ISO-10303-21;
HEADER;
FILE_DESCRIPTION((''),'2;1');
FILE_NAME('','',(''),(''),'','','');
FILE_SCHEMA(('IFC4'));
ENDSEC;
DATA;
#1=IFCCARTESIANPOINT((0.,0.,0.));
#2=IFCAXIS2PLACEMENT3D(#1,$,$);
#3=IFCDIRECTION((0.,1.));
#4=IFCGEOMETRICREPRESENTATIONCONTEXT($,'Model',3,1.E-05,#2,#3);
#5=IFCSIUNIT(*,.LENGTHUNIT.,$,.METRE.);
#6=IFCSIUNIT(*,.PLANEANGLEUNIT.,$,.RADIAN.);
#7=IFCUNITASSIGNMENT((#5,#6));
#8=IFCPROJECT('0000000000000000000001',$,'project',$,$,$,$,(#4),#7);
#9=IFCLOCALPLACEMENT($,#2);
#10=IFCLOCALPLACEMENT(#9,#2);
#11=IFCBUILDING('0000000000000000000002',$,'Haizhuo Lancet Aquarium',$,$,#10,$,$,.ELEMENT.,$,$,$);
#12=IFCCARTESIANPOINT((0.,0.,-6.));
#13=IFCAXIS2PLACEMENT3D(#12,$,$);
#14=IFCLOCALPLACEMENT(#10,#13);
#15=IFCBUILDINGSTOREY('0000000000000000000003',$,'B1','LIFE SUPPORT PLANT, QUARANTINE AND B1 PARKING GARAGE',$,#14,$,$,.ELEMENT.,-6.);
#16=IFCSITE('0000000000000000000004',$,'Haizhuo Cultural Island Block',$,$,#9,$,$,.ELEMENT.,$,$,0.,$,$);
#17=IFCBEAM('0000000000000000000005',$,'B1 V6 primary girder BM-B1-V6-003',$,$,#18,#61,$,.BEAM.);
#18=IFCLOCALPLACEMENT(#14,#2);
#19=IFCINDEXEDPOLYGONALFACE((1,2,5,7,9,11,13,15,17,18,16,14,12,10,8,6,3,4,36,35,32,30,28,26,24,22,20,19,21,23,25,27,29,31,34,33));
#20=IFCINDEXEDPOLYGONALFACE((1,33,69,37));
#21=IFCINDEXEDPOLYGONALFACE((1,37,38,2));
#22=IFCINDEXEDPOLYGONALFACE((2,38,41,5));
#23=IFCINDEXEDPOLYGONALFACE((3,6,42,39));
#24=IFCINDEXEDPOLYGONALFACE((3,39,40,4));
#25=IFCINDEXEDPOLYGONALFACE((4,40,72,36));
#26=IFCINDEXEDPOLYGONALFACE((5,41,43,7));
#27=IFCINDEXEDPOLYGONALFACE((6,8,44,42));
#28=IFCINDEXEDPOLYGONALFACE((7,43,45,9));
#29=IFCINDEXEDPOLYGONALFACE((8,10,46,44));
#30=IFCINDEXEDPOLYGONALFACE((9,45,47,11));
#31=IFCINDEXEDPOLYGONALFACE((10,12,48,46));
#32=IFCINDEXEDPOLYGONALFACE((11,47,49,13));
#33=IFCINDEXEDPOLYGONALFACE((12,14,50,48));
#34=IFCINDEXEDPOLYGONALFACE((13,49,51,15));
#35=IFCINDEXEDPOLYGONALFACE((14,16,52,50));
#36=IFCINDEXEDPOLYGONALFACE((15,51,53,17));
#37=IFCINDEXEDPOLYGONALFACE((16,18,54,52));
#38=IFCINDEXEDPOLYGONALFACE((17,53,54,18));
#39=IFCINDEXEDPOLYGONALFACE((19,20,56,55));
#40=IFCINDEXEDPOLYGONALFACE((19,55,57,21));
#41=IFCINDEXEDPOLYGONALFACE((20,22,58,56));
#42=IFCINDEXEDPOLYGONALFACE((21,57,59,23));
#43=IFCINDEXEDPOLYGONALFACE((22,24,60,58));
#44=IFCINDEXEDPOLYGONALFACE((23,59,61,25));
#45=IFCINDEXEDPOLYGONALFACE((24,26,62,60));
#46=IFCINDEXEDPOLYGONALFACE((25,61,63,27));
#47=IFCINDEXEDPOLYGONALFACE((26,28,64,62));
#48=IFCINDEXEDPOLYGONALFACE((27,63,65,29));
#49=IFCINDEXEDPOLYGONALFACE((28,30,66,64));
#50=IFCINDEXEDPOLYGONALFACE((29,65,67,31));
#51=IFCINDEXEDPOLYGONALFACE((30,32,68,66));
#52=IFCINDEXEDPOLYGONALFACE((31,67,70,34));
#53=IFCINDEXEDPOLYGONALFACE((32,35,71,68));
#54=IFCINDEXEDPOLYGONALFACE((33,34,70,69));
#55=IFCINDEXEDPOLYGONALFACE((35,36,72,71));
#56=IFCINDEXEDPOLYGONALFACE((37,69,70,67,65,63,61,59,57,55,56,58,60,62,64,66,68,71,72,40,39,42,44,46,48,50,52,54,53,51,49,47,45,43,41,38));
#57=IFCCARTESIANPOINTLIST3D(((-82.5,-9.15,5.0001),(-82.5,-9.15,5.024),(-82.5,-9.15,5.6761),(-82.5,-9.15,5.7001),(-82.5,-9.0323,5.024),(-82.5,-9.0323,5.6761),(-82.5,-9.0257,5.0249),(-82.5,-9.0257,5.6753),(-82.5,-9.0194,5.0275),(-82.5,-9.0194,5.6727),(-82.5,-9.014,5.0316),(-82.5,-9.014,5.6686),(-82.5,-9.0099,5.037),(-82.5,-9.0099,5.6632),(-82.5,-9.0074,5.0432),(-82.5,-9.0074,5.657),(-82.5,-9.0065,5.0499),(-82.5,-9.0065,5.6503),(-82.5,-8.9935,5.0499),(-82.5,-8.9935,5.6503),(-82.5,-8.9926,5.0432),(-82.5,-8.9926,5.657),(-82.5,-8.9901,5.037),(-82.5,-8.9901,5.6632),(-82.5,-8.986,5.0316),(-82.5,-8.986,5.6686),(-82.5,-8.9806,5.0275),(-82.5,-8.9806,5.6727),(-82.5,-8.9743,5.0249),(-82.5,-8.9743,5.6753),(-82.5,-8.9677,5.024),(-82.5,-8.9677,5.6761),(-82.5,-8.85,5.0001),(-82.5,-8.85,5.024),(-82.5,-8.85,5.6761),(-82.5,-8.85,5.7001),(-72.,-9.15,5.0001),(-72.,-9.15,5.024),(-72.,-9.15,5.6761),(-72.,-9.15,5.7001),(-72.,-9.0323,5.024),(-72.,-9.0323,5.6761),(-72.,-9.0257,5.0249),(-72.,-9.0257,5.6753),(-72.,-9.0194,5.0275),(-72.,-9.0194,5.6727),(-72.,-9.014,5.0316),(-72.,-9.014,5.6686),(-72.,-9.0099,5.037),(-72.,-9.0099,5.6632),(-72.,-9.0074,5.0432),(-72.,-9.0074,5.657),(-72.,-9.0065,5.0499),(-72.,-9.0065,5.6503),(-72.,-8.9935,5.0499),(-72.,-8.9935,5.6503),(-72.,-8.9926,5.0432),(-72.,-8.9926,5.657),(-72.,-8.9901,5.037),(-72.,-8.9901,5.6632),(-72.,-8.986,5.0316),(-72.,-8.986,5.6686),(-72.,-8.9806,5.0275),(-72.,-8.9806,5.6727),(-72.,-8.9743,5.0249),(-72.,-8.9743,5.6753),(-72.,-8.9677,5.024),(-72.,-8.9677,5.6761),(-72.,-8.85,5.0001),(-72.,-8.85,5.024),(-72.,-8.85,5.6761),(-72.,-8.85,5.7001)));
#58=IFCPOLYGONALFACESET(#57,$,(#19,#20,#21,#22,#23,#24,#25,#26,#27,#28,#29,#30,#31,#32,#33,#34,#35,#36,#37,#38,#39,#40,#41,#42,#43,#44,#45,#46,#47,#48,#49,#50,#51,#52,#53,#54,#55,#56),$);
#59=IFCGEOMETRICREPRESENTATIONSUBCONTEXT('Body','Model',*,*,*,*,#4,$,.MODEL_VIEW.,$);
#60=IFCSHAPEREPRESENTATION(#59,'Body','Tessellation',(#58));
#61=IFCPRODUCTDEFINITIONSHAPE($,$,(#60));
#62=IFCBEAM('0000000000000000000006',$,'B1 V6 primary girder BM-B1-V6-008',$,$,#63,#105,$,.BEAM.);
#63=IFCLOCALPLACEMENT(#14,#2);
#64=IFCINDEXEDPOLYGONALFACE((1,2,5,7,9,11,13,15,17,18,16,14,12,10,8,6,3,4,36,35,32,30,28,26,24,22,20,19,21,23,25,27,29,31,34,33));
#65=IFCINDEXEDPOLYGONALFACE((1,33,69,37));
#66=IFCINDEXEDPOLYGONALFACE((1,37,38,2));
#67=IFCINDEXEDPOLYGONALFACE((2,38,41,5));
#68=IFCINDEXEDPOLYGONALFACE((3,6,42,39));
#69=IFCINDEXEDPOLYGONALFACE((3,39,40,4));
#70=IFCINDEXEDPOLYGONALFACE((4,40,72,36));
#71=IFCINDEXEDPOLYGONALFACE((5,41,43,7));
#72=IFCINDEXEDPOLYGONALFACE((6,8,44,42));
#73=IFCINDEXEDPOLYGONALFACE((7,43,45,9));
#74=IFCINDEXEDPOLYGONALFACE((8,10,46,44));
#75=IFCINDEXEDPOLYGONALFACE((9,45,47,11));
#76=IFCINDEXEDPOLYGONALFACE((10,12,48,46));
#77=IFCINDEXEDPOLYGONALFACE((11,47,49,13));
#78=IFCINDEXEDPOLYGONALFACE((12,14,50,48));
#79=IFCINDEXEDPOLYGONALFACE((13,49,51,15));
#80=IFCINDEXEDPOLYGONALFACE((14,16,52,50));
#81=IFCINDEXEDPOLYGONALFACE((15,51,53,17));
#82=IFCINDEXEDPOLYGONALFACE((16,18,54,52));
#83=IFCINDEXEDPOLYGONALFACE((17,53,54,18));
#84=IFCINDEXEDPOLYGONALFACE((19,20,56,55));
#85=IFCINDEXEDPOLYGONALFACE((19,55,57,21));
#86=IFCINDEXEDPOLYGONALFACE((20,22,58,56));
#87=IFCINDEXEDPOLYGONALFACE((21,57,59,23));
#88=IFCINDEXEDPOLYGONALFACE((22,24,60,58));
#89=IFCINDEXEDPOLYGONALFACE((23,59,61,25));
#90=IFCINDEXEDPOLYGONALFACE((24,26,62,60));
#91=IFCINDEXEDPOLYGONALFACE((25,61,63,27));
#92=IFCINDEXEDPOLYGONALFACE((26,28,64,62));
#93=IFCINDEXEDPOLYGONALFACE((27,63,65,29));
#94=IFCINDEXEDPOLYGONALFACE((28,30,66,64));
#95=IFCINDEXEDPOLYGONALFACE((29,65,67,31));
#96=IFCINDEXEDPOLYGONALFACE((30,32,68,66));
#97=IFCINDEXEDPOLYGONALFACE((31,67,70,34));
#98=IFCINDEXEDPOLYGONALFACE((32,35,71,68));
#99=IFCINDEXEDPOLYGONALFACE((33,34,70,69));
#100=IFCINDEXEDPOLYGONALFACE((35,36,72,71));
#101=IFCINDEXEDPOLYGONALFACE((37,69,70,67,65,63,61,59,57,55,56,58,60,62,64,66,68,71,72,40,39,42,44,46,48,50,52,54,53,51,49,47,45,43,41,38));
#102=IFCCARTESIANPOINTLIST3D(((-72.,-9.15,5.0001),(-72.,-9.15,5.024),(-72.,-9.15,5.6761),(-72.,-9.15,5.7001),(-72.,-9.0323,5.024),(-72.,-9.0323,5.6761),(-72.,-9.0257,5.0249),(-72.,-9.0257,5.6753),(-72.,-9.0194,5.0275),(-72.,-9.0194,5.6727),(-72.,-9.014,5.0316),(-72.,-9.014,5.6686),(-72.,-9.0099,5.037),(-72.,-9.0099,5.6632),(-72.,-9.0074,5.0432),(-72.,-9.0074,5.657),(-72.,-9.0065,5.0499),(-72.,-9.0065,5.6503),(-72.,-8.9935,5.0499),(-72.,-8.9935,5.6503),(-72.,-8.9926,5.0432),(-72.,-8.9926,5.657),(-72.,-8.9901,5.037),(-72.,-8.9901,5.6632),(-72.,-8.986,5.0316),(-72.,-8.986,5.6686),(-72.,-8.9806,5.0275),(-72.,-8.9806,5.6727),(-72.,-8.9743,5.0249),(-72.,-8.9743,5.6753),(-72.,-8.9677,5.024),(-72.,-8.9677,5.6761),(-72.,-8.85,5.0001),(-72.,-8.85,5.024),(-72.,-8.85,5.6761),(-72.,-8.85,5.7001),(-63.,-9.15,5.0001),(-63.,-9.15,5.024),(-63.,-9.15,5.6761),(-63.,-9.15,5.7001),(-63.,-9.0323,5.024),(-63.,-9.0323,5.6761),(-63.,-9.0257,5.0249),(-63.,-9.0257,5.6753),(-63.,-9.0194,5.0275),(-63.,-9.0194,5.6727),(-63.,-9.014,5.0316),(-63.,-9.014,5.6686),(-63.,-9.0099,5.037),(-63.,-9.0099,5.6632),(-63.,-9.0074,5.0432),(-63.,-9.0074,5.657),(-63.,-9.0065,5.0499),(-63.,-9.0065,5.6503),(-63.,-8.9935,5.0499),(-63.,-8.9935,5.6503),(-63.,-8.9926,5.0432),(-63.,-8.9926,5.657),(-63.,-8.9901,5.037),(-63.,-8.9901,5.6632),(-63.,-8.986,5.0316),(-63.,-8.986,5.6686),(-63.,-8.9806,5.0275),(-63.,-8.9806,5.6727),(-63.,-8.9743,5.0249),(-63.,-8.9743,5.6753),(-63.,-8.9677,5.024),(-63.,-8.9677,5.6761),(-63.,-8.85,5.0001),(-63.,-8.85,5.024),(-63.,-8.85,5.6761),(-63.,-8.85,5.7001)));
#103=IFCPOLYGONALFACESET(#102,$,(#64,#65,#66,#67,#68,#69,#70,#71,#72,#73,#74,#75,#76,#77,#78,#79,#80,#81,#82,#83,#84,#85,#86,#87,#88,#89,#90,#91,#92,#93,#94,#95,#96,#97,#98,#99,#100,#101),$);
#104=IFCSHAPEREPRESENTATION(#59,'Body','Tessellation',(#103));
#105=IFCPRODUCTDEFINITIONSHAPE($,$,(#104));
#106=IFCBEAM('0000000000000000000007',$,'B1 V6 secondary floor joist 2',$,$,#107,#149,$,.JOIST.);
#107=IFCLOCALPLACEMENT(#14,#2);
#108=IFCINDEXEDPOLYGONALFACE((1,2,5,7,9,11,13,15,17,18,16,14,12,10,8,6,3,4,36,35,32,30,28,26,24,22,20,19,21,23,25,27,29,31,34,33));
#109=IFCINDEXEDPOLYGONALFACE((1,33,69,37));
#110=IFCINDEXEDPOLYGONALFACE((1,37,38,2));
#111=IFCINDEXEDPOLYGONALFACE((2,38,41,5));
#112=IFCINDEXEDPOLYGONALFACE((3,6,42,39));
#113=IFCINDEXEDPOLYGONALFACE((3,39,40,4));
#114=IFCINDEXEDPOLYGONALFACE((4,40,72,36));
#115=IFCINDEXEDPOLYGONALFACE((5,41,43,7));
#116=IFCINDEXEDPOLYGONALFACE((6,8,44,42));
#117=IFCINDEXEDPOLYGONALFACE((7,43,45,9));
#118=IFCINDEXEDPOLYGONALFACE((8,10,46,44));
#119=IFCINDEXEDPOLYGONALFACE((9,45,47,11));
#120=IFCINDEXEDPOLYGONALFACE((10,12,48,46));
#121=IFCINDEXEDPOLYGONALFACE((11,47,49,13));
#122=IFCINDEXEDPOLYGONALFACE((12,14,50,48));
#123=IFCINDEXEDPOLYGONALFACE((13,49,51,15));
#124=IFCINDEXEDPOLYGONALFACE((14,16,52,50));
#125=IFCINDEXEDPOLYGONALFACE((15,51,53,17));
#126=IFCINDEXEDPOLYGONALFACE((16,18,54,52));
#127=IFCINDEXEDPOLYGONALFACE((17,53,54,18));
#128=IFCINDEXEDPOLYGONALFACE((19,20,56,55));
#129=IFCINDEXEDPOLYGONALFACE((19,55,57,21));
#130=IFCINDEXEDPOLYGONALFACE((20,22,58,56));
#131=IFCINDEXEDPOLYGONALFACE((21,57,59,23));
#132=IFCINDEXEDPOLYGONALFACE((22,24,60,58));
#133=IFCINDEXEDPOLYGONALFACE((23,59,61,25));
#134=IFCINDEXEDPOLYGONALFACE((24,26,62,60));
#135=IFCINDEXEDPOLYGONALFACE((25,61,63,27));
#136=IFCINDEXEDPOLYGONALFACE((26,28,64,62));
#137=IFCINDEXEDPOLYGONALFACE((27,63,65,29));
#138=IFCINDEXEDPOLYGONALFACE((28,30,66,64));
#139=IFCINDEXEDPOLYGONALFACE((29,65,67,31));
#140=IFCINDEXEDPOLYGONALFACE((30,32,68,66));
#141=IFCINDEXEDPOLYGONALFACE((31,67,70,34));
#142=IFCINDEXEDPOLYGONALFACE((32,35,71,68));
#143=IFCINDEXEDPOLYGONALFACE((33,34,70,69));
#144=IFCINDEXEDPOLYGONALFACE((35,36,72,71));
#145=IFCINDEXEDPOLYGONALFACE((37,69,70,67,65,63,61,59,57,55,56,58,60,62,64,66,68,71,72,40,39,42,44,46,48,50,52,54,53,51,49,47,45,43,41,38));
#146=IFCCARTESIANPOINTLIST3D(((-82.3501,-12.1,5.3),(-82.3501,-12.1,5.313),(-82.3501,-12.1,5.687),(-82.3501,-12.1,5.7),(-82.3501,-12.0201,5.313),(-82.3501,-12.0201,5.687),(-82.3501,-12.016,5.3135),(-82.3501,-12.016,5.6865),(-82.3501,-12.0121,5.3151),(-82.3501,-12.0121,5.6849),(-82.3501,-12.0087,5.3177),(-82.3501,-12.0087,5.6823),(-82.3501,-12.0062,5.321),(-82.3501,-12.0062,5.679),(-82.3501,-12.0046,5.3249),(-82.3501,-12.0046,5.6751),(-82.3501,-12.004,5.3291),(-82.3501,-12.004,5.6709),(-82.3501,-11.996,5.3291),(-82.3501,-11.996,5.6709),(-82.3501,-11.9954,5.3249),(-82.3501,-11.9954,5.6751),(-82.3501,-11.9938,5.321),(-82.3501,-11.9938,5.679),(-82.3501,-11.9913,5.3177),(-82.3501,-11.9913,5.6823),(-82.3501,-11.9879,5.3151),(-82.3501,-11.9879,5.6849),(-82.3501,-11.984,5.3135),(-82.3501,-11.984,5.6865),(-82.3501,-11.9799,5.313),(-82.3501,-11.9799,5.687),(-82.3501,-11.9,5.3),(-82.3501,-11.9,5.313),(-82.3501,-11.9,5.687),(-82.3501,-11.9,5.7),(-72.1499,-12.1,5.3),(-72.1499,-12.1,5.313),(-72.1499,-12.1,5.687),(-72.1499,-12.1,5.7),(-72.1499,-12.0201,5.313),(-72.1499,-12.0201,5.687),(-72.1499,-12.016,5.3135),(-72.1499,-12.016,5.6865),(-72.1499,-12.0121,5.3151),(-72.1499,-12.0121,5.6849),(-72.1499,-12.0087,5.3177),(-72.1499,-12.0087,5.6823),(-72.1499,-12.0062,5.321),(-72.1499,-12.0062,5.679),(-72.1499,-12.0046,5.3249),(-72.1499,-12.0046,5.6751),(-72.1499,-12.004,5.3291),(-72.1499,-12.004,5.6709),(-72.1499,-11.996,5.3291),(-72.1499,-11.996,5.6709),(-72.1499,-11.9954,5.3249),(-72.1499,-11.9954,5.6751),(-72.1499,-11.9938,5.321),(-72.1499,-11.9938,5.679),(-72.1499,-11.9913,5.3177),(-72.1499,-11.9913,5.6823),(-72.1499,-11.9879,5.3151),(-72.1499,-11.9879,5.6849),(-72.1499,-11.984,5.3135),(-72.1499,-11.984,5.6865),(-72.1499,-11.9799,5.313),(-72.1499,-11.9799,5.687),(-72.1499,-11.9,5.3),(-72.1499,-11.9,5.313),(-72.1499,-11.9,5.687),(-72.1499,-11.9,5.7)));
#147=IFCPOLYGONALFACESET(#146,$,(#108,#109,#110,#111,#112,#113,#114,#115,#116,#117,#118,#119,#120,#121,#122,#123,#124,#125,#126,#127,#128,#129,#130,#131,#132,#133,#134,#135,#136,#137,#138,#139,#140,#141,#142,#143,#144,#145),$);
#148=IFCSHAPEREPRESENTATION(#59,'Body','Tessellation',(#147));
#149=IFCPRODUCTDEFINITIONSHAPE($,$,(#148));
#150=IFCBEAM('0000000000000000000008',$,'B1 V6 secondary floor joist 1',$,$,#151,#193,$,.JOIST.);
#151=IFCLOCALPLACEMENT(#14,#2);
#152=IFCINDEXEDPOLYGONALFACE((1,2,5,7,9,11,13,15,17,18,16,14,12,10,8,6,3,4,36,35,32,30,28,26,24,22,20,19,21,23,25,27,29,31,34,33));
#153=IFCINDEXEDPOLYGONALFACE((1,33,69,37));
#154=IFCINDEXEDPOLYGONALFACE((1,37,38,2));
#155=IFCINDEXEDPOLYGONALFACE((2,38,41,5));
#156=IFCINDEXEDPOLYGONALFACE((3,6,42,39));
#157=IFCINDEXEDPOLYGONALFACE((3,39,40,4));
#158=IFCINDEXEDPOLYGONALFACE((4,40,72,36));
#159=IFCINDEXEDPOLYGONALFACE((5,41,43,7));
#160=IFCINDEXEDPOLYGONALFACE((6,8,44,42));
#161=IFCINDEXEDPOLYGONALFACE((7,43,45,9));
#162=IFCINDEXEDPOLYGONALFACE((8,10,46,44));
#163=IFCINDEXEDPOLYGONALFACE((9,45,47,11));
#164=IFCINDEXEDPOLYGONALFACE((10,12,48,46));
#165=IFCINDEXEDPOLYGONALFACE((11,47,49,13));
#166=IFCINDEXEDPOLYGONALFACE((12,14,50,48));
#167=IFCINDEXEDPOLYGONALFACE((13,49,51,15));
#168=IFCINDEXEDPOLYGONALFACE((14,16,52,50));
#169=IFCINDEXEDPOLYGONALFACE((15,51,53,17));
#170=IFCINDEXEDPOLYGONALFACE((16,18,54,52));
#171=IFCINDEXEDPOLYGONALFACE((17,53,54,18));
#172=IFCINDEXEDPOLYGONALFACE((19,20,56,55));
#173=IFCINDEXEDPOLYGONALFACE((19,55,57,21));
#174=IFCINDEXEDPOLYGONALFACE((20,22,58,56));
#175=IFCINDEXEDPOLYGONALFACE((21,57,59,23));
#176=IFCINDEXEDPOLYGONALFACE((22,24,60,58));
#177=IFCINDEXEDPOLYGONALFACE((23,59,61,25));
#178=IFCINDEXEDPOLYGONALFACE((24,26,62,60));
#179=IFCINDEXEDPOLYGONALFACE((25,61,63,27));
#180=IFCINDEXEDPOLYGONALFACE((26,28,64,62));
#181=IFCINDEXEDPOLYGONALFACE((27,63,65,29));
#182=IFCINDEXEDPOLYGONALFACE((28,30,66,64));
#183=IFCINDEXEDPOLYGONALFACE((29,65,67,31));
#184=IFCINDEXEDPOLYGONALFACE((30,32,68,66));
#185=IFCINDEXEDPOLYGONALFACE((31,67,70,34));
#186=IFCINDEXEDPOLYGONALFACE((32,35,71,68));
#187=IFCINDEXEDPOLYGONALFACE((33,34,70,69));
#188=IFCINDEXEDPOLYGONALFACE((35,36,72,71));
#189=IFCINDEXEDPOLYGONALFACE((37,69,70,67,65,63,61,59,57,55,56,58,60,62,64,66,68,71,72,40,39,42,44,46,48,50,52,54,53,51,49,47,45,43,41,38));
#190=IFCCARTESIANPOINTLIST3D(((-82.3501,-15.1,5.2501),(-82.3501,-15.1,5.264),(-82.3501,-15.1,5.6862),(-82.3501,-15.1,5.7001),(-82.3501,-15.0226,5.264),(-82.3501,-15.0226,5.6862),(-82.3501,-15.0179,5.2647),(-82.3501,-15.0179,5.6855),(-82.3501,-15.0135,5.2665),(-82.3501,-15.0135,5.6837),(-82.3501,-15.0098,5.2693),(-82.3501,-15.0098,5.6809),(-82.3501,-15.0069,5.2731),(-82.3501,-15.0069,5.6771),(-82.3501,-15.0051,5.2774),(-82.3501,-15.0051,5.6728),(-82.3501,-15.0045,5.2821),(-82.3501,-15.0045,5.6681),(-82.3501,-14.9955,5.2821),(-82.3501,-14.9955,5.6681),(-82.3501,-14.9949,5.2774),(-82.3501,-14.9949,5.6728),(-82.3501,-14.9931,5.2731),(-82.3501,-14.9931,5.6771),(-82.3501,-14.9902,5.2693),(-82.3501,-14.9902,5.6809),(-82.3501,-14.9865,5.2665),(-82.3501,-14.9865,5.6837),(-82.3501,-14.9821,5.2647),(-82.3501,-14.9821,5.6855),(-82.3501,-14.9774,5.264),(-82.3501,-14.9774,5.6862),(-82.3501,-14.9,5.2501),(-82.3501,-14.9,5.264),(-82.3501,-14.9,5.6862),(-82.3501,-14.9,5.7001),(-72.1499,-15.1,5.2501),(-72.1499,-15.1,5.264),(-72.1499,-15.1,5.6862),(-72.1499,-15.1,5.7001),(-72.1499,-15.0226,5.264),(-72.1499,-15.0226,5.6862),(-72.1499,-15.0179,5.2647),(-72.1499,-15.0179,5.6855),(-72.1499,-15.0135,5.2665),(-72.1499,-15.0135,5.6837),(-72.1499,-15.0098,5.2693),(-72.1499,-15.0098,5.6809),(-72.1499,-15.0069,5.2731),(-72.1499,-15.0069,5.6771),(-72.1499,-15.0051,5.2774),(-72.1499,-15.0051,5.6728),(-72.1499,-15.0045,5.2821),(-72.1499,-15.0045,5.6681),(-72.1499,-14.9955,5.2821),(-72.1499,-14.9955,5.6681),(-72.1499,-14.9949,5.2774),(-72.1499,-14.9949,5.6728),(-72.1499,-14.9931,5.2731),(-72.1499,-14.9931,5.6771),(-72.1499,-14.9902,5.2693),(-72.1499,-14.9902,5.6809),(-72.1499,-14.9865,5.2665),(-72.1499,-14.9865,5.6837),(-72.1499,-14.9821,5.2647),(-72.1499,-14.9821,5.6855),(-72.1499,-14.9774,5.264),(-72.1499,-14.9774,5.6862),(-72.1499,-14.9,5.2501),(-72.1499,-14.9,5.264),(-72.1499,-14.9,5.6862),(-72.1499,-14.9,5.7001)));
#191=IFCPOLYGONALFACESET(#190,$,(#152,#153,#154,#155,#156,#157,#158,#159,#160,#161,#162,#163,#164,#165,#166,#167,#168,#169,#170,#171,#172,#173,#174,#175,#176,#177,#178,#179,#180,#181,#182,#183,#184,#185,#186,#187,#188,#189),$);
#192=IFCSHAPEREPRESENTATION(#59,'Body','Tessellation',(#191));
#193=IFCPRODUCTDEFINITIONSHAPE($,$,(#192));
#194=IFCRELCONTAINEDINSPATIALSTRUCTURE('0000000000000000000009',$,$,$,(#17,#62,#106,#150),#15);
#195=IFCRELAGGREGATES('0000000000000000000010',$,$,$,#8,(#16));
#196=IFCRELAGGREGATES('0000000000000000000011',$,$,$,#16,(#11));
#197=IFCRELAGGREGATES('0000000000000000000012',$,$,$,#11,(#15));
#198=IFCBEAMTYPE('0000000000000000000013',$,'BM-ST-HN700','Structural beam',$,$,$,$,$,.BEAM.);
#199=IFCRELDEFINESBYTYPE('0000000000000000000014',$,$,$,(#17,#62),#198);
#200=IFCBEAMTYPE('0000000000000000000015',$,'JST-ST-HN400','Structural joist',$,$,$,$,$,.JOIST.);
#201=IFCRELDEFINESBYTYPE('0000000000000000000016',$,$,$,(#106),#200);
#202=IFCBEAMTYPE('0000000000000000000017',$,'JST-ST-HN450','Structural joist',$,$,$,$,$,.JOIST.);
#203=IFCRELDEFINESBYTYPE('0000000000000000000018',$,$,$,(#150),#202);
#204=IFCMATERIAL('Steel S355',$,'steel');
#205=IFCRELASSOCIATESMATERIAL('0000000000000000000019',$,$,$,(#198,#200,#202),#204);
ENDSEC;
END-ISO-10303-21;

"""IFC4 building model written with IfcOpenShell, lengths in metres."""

from ifc_helpers import new_model, si_unit, direction, frame, origin, origin_2d, place, context, subcontext, project, spatial, i_section, extrude, material, material_profile, profile_set, type_object, element, save


model = new_model("IFC4")

# Units and contexts
model_context = context("Model", 3, precision=1e-05, world=origin(), true_north=direction((0.0, 1.0)))
body_context = subcontext(model_context, "Body", "Model", "MODEL_VIEW")
ifc_project = project(units=[si_unit("LENGTHUNIT", "METRE"), si_unit("PLANEANGLEUNIT", "RADIAN")], contexts=[model_context])

# Site, building, storey
site_placement = place(None, origin())
site = spatial("IfcSite", under=ifc_project, at=site_placement, Name="Haizhuo Cultural Island Block", CompositionType="ELEMENT", RefElevation=0.0)
building_placement = place(site_placement, origin())
building = spatial("IfcBuilding", under=site, at=building_placement, Name="Haizhuo Lancet Aquarium", CompositionType="ELEMENT")
storey_placement = place(building_placement, frame((0.0, 0.0, -6.0)))
storey = spatial("IfcBuildingStorey", under=building, at=storey_placement, Name="B1", Description="LIFE SUPPORT PLANT, QUARANTINE AND B1 PARKING GARAGE", CompositionType="ELEMENT", Elevation=-6.0)

# Beams
ifc_material_1 = material(Name="Steel S355", Category="steel")
ifc_material_profile_1 = material_profile(ifc_material_1, i_section(OverallWidth=0.3, OverallDepth=0.7, WebThickness=0.0129, FlangeThickness=0.0239, FilletRadius=0.0259, at=origin_2d()), Name="HN 700x300x13x24")
ifc_profile_set_1 = profile_set([ifc_material_profile_1], Name="Steel S355")
beam_type_1 = type_object("IfcBeamType", Name="BM-ST-HN700", Description="Structural beam", PredefinedType="BEAM", material=ifc_profile_set_1)
beam_1_placement = place(storey_placement, frame((-82.5, -9.0, 5.3501), z_axis=(1.0, 0.0, 0.0), x_axis=(0.0, 1.0, 0.0)))
element("IfcBeam", 1, at=beam_1_placement, inside=storey, type_object=beam_type_1, Name="B1 V6 primary girder BM-B1-V6-003", PredefinedType="BEAM", context=body_context, shape_type="SweptSolid", body=[
    extrude(i_section(OverallWidth=0.3, OverallDepth=0.7, WebThickness=0.0129, FlangeThickness=0.0239, FilletRadius=0.0259, at=origin_2d()), origin(), (0.0, 0.0, 1.0), 10.5),
])
beam_2_placement = place(storey_placement, frame((-72.0, -9.0, 5.3501), z_axis=(1.0, 0.0, 0.0), x_axis=(0.0, 1.0, 0.0)))
element("IfcBeam", 2, at=beam_2_placement, inside=storey, type_object=beam_type_1, Name="B1 V6 primary girder BM-B1-V6-008", PredefinedType="BEAM", context=body_context, shape_type="SweptSolid", body=[
    extrude(i_section(OverallWidth=0.3, OverallDepth=0.7, WebThickness=0.0129, FlangeThickness=0.0239, FilletRadius=0.0259, at=origin_2d()), origin(), (0.0, 0.0, 1.0), 9.0),
])
ifc_material_profile_2 = material_profile(ifc_material_1, i_section(OverallWidth=0.2, OverallDepth=0.3999, WebThickness=0.0081, FlangeThickness=0.0129, FilletRadius=0.0161, at=origin_2d()), Name="HN 400x200x8x13")
ifc_profile_set_2 = profile_set([ifc_material_profile_2], Name="Steel S355")
beam_type_2 = type_object("IfcBeamType", Name="JST-ST-HN400", Description="Structural joist", PredefinedType="JOIST", material=ifc_profile_set_2)
beam_3_placement = place(storey_placement, frame((-82.3501, -12.0, 5.5), z_axis=(1.0, 0.0, 0.0), x_axis=(0.0, 1.0, 0.0)))
element("IfcBeam", 3, at=beam_3_placement, inside=storey, type_object=beam_type_2, Name="B1 V6 secondary floor joist 2", PredefinedType="JOIST", context=body_context, shape_type="SweptSolid", body=[
    extrude(i_section(OverallWidth=0.2, OverallDepth=0.3999, WebThickness=0.0081, FlangeThickness=0.0129, FilletRadius=0.0161, at=origin_2d()), origin(), (0.0, 0.0, 1.0), 10.2002),
])
ifc_material_profile_3 = material_profile(ifc_material_1, i_section(OverallWidth=0.2, OverallDepth=0.45, WebThickness=0.009, FlangeThickness=0.0139, FilletRadius=0.0181, at=origin_2d()), Name="HN 450x200x9x14")
ifc_profile_set_3 = profile_set([ifc_material_profile_3], Name="Steel S355")
beam_type_3 = type_object("IfcBeamType", Name="JST-ST-HN450", Description="Structural joist", PredefinedType="JOIST", material=ifc_profile_set_3)
beam_4_placement = place(storey_placement, frame((-82.3501, -15.0, 5.4751), z_axis=(1.0, 0.0, 0.0), x_axis=(0.0, 1.0, 0.0)))
element("IfcBeam", 4, at=beam_4_placement, inside=storey, type_object=beam_type_3, Name="B1 V6 secondary floor joist 1", PredefinedType="JOIST", context=body_context, shape_type="SweptSolid", body=[
    extrude(i_section(OverallWidth=0.2, OverallDepth=0.45, WebThickness=0.009, FlangeThickness=0.0139, FilletRadius=0.0181, at=origin_2d()), origin(), (0.0, 0.0, 1.0), 10.2002),
])

save(model, "model.ifc")
